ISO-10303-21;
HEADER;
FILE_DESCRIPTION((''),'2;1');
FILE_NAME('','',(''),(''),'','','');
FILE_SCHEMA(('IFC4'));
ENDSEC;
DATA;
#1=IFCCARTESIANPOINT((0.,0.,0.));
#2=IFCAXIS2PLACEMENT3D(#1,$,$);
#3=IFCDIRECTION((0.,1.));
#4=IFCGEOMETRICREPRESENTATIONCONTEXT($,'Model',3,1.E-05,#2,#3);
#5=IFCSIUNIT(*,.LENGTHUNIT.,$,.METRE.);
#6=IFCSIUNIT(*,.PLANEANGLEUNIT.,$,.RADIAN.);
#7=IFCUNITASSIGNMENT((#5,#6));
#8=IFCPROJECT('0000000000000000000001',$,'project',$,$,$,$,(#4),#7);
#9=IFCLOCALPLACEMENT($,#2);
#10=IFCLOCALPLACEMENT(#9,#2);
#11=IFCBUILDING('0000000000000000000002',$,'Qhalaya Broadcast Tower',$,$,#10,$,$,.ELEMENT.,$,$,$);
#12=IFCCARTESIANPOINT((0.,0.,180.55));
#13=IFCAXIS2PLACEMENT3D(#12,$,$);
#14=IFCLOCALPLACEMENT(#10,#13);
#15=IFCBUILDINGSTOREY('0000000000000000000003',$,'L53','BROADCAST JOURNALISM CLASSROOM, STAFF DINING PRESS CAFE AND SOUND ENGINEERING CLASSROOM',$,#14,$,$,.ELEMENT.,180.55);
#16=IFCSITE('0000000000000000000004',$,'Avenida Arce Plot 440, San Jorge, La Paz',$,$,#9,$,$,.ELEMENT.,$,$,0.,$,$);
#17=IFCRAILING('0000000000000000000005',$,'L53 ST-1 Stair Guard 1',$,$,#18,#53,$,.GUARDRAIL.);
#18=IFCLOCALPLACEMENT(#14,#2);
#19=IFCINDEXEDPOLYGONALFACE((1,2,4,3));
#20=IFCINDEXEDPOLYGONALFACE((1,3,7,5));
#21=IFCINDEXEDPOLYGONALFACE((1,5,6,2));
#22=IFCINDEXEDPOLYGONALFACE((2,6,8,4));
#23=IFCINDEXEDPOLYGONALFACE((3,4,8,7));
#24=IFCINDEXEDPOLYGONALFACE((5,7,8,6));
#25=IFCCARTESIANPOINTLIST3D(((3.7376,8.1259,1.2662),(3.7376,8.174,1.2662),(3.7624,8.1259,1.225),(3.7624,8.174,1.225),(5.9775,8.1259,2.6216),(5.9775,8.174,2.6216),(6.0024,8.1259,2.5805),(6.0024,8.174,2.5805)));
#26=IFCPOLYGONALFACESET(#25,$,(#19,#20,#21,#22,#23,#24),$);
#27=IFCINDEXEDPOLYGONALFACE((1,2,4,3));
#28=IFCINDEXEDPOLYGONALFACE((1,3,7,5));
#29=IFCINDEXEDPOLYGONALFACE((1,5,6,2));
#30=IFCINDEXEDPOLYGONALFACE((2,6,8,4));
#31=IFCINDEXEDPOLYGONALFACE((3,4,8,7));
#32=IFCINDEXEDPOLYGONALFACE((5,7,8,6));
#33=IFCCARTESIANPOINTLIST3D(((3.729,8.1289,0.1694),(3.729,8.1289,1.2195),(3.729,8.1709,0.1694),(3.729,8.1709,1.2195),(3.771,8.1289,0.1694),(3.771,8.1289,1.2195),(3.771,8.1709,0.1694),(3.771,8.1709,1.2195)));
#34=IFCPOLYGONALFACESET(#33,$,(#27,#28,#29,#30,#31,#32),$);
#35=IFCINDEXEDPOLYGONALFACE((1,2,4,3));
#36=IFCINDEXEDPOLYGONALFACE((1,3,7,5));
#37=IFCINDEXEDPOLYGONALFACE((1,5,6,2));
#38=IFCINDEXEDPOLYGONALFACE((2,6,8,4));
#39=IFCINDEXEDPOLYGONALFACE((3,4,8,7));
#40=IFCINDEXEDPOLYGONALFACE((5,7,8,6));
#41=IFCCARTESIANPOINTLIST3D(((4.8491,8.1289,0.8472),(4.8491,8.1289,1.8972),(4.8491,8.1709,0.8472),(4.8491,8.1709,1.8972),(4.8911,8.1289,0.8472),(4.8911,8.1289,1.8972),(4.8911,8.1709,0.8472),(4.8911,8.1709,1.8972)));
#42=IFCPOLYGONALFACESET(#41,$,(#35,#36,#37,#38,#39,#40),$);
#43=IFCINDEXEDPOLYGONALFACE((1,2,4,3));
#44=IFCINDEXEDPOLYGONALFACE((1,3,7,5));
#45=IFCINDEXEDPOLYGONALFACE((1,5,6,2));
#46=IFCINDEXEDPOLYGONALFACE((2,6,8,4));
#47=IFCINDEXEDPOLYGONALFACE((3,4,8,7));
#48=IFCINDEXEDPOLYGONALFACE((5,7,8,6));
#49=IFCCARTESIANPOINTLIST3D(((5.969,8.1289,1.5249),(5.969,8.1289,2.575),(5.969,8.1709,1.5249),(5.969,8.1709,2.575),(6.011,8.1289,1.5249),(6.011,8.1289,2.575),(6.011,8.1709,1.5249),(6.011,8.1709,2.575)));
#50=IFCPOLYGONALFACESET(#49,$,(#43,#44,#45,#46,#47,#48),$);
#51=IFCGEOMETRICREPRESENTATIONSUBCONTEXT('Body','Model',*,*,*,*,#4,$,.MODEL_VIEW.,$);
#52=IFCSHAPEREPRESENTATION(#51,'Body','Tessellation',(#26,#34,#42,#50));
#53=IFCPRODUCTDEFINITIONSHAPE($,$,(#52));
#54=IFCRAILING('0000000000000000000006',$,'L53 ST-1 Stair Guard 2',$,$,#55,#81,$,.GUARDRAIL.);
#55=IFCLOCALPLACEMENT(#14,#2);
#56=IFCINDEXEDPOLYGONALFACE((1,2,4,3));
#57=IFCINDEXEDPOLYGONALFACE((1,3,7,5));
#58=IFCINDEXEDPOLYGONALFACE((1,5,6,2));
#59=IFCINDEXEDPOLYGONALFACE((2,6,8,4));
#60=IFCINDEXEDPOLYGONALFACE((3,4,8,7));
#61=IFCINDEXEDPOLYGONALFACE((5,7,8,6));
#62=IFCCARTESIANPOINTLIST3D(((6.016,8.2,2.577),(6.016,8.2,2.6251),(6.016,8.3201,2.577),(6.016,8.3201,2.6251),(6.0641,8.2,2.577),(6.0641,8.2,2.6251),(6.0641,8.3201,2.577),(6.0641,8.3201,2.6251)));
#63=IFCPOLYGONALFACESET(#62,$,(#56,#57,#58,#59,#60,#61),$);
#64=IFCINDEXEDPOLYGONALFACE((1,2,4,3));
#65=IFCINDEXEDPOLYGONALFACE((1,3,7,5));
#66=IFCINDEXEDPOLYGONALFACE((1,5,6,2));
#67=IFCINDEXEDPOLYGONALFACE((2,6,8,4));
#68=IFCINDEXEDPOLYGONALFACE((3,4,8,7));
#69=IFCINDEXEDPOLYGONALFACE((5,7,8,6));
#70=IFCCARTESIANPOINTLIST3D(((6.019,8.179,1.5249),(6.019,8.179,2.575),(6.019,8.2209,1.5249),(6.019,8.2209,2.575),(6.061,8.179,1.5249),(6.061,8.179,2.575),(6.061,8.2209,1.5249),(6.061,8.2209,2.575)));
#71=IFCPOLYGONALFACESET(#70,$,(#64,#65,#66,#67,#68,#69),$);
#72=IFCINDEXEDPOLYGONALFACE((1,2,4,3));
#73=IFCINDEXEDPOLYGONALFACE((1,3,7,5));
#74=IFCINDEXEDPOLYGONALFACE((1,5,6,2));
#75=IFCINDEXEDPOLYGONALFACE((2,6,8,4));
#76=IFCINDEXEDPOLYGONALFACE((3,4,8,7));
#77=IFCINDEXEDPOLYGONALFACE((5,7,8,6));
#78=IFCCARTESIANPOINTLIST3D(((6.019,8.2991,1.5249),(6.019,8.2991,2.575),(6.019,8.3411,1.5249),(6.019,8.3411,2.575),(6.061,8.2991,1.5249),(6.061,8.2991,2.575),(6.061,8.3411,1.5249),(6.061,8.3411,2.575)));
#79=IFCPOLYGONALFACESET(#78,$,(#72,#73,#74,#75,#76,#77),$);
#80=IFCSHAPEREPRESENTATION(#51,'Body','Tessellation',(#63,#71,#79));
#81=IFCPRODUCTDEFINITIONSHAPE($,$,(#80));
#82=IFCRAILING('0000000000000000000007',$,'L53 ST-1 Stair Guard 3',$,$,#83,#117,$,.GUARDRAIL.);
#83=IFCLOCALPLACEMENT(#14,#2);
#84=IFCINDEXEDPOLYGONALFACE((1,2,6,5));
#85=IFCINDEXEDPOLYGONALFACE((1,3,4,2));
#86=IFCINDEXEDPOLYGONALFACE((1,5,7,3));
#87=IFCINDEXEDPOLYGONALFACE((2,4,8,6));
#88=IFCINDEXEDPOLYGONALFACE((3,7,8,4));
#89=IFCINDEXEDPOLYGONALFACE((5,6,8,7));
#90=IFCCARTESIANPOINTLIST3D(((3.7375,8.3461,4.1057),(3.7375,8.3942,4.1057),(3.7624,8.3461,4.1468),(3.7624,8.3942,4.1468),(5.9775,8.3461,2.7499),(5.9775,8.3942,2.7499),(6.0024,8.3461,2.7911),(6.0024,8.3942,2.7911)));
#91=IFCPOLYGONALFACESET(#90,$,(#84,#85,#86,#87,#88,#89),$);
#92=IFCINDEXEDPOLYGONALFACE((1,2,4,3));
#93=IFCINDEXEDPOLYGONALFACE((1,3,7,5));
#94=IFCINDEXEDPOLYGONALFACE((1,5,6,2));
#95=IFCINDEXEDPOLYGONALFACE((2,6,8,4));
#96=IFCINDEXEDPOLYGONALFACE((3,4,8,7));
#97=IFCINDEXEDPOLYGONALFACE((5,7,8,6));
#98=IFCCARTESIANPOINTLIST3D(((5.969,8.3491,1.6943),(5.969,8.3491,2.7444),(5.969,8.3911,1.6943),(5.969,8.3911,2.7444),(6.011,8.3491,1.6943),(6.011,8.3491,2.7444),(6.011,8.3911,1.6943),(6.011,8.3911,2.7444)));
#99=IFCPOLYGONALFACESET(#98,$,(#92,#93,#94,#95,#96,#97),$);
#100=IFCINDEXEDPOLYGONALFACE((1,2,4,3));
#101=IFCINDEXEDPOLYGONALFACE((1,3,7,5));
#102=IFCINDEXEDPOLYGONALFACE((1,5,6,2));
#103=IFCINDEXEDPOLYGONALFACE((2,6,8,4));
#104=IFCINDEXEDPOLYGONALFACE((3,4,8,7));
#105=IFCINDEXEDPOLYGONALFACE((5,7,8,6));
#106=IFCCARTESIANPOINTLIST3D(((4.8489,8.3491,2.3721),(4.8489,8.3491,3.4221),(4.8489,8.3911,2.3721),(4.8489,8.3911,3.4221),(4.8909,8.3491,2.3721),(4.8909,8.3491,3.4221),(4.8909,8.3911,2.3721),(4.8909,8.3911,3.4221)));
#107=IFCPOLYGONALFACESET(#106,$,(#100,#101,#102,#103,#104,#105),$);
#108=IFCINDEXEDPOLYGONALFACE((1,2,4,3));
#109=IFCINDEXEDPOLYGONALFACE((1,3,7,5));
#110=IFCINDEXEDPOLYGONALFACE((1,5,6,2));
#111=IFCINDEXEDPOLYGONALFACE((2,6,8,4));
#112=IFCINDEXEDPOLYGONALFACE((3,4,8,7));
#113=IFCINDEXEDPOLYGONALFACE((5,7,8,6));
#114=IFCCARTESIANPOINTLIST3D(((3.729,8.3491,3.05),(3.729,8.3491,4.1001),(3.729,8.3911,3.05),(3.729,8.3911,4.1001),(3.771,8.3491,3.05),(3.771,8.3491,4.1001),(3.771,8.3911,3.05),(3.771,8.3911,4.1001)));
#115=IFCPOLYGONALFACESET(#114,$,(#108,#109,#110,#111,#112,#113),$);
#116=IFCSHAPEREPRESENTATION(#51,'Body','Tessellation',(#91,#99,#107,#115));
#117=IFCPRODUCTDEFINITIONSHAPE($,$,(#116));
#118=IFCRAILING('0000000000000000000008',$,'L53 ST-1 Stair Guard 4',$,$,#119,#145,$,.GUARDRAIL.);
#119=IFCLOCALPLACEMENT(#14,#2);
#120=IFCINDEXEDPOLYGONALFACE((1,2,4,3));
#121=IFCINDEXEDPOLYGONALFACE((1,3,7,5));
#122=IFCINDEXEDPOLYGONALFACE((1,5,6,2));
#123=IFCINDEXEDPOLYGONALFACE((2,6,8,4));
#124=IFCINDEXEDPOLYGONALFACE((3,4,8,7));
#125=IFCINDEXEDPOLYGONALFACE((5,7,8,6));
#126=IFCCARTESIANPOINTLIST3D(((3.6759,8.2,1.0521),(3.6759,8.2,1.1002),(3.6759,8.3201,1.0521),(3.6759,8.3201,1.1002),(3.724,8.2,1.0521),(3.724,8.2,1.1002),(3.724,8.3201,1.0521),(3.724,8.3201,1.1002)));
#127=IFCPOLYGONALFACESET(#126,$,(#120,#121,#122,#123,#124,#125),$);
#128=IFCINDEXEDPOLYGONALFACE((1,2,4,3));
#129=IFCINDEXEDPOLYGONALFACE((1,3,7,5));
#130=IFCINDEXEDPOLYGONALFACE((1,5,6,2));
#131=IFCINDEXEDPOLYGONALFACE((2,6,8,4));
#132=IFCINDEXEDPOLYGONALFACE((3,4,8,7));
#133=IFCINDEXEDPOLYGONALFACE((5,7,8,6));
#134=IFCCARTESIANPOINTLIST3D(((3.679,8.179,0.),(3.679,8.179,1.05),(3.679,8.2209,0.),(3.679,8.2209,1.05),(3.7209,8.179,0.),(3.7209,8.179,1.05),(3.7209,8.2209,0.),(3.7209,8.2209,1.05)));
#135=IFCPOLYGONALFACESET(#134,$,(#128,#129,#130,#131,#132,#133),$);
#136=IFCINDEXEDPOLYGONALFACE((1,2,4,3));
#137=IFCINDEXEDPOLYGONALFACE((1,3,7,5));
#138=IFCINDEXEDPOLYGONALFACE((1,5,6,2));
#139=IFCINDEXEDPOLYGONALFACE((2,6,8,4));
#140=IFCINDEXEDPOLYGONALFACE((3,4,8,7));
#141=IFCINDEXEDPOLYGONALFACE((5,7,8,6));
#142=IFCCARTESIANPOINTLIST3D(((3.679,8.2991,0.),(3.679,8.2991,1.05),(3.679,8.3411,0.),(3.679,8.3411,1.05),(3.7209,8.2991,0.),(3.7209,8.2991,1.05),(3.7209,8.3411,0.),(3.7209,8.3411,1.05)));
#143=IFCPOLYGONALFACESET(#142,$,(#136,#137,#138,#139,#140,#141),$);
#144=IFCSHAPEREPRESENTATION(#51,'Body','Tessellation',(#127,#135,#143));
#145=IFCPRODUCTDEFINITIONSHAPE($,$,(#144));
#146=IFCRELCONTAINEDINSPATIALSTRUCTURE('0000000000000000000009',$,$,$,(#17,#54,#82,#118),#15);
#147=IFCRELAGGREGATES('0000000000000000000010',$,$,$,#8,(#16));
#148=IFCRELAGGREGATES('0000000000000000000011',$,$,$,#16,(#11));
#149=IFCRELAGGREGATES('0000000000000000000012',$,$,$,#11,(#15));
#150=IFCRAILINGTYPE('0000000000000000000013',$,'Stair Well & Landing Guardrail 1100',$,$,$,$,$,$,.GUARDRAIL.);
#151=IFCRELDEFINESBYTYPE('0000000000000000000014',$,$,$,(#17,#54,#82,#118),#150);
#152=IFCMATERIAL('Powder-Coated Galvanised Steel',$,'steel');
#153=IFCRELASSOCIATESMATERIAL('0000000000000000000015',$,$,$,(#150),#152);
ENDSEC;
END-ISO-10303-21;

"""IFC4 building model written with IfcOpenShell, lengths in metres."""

from ifc_helpers import new_model, si_unit, direction, frame, origin, origin_2d, place, context, subcontext, project, spatial, rectangle, extrude, material, type_object, element, save


model = new_model("IFC4")

# Units and contexts
model_context = context("Model", 3, precision=1e-05, world=origin(), true_north=direction((0.0, 1.0)))
body_context = subcontext(model_context, "Body", "Model", "MODEL_VIEW")
ifc_project = project(units=[si_unit("LENGTHUNIT", "METRE"), si_unit("PLANEANGLEUNIT", "RADIAN")], contexts=[model_context])

# Site, building, storey
site_placement = place(None, origin())
site = spatial("IfcSite", under=ifc_project, at=site_placement, Name="Avenida Arce Plot 440, San Jorge, La Paz", CompositionType="ELEMENT", RefElevation=0.0)
building_placement = place(site_placement, origin())
building = spatial("IfcBuilding", under=site, at=building_placement, Name="Qhalaya Broadcast Tower", CompositionType="ELEMENT")
storey_placement = place(building_placement, frame((0.0, 0.0, 180.55)))
storey = spatial("IfcBuildingStorey", under=building, at=storey_placement, Name="L53", Description="BROADCAST JOURNALISM CLASSROOM, STAFF DINING PRESS CAFE AND SOUND ENGINEERING CLASSROOM", CompositionType="ELEMENT", Elevation=180.55)

# Railings
ifc_material_1 = material(Name="Powder-Coated Galvanised Steel", Category="steel")
railing_type_1 = type_object("IfcRailingType", Name="Stair Well & Landing Guardrail 1100", PredefinedType="GUARDRAIL", material=ifc_material_1)
railing_1_placement = place(storey_placement, frame((3.75, 8.1499, 0.1694)))
element("IfcRailing", 1, at=railing_1_placement, inside=storey, type_object=railing_type_1, Name="L53 ST-1 Stair Guard 1", PredefinedType="GUARDRAIL", context=body_context, shape_type="SweptSolid", body=[
    extrude(rectangle(XDim=0.0481, YDim=0.0481, at=origin_2d()), frame((0.0, 0.0, 1.0762), z_axis=(0.855553, 0.0, 0.517715), x_axis=(0.0, 1.0, 0.0)), (0.0, 0.0, 1.0), 2.6182),
    extrude(rectangle(XDim=0.042, YDim=0.042, at=origin_2d()), origin(), (0.0, 0.0, 1.0), 1.05),
    extrude(rectangle(XDim=0.042, YDim=0.042, at=origin_2d()), frame((1.1201, 0.0, 0.6777)), (0.0, 0.0, 1.0), 1.05),
    extrude(rectangle(XDim=0.042, YDim=0.042, at=origin_2d()), frame((2.24, 0.0, 1.3555)), (0.0, 0.0, 1.0), 1.05),
])
railing_2_placement = place(storey_placement, frame((6.04, 8.2, 1.5249)))
element("IfcRailing", 2, at=railing_2_placement, inside=storey, type_object=railing_type_1, Name="L53 ST-1 Stair Guard 2", PredefinedType="GUARDRAIL", context=body_context, shape_type="SweptSolid", body=[
    extrude(rectangle(XDim=0.0481, YDim=0.0481, at=origin_2d()), frame((0.0, 0.0, 1.0762), z_axis=(0.0, 1.0, 0.0), x_axis=(-1.0, 0.0, 0.0)), (0.0, 0.0, 1.0), 0.1201),
    extrude(rectangle(XDim=0.042, YDim=0.042, at=origin_2d()), origin(), (0.0, 0.0, 1.0), 1.05),
    extrude(rectangle(XDim=0.042, YDim=0.042, at=origin_2d()), frame((0.0, 0.1201, 0.0)), (0.0, 0.0, 1.0), 1.05),
])
railing_3_placement = place(storey_placement, frame((5.99, 8.3701, 1.6943)))
element("IfcRailing", 3, at=railing_3_placement, inside=storey, type_object=railing_type_1, Name="L53 ST-1 Stair Guard 3", PredefinedType="GUARDRAIL", context=body_context, shape_type="SweptSolid", body=[
    extrude(rectangle(XDim=0.0481, YDim=0.0481, at=origin_2d()), frame((0.0, 0.0, 1.0762), z_axis=(-0.855512, 0.0, 0.517783), x_axis=(0.0, -1.0, 0.0)), (0.0, 0.0, 1.0), 2.6184),
    extrude(rectangle(XDim=0.042, YDim=0.042, at=origin_2d()), origin(), (0.0, 0.0, 1.0), 1.05),
    extrude(rectangle(XDim=0.042, YDim=0.042, at=origin_2d()), frame((-1.1201, 0.0, 0.6777)), (0.0, 0.0, 1.0), 1.05),
    extrude(rectangle(XDim=0.042, YDim=0.042, at=origin_2d()), frame((-2.24, 0.0, 1.3557)), (0.0, 0.0, 1.0), 1.05),
])
railing_4_placement = place(storey_placement, frame((3.7, 8.2, 0.0)))
element("IfcRailing", 4, at=railing_4_placement, inside=storey, type_object=railing_type_1, Name="L53 ST-1 Stair Guard 4", PredefinedType="GUARDRAIL", context=body_context, shape_type="SweptSolid", body=[
    extrude(rectangle(XDim=0.0481, YDim=0.0481, at=origin_2d()), frame((0.0, 0.0, 1.0762), z_axis=(0.0, 1.0, 0.0), x_axis=(-1.0, 0.0, 0.0)), (0.0, 0.0, 1.0), 0.1201),
    extrude(rectangle(XDim=0.042, YDim=0.042, at=origin_2d()), origin(), (0.0, 0.0, 1.0), 1.05),
    extrude(rectangle(XDim=0.042, YDim=0.042, at=origin_2d()), frame((0.0, 0.1201, 0.0)), (0.0, 0.0, 1.0), 1.05),
])

save(model, "model.ifc")
